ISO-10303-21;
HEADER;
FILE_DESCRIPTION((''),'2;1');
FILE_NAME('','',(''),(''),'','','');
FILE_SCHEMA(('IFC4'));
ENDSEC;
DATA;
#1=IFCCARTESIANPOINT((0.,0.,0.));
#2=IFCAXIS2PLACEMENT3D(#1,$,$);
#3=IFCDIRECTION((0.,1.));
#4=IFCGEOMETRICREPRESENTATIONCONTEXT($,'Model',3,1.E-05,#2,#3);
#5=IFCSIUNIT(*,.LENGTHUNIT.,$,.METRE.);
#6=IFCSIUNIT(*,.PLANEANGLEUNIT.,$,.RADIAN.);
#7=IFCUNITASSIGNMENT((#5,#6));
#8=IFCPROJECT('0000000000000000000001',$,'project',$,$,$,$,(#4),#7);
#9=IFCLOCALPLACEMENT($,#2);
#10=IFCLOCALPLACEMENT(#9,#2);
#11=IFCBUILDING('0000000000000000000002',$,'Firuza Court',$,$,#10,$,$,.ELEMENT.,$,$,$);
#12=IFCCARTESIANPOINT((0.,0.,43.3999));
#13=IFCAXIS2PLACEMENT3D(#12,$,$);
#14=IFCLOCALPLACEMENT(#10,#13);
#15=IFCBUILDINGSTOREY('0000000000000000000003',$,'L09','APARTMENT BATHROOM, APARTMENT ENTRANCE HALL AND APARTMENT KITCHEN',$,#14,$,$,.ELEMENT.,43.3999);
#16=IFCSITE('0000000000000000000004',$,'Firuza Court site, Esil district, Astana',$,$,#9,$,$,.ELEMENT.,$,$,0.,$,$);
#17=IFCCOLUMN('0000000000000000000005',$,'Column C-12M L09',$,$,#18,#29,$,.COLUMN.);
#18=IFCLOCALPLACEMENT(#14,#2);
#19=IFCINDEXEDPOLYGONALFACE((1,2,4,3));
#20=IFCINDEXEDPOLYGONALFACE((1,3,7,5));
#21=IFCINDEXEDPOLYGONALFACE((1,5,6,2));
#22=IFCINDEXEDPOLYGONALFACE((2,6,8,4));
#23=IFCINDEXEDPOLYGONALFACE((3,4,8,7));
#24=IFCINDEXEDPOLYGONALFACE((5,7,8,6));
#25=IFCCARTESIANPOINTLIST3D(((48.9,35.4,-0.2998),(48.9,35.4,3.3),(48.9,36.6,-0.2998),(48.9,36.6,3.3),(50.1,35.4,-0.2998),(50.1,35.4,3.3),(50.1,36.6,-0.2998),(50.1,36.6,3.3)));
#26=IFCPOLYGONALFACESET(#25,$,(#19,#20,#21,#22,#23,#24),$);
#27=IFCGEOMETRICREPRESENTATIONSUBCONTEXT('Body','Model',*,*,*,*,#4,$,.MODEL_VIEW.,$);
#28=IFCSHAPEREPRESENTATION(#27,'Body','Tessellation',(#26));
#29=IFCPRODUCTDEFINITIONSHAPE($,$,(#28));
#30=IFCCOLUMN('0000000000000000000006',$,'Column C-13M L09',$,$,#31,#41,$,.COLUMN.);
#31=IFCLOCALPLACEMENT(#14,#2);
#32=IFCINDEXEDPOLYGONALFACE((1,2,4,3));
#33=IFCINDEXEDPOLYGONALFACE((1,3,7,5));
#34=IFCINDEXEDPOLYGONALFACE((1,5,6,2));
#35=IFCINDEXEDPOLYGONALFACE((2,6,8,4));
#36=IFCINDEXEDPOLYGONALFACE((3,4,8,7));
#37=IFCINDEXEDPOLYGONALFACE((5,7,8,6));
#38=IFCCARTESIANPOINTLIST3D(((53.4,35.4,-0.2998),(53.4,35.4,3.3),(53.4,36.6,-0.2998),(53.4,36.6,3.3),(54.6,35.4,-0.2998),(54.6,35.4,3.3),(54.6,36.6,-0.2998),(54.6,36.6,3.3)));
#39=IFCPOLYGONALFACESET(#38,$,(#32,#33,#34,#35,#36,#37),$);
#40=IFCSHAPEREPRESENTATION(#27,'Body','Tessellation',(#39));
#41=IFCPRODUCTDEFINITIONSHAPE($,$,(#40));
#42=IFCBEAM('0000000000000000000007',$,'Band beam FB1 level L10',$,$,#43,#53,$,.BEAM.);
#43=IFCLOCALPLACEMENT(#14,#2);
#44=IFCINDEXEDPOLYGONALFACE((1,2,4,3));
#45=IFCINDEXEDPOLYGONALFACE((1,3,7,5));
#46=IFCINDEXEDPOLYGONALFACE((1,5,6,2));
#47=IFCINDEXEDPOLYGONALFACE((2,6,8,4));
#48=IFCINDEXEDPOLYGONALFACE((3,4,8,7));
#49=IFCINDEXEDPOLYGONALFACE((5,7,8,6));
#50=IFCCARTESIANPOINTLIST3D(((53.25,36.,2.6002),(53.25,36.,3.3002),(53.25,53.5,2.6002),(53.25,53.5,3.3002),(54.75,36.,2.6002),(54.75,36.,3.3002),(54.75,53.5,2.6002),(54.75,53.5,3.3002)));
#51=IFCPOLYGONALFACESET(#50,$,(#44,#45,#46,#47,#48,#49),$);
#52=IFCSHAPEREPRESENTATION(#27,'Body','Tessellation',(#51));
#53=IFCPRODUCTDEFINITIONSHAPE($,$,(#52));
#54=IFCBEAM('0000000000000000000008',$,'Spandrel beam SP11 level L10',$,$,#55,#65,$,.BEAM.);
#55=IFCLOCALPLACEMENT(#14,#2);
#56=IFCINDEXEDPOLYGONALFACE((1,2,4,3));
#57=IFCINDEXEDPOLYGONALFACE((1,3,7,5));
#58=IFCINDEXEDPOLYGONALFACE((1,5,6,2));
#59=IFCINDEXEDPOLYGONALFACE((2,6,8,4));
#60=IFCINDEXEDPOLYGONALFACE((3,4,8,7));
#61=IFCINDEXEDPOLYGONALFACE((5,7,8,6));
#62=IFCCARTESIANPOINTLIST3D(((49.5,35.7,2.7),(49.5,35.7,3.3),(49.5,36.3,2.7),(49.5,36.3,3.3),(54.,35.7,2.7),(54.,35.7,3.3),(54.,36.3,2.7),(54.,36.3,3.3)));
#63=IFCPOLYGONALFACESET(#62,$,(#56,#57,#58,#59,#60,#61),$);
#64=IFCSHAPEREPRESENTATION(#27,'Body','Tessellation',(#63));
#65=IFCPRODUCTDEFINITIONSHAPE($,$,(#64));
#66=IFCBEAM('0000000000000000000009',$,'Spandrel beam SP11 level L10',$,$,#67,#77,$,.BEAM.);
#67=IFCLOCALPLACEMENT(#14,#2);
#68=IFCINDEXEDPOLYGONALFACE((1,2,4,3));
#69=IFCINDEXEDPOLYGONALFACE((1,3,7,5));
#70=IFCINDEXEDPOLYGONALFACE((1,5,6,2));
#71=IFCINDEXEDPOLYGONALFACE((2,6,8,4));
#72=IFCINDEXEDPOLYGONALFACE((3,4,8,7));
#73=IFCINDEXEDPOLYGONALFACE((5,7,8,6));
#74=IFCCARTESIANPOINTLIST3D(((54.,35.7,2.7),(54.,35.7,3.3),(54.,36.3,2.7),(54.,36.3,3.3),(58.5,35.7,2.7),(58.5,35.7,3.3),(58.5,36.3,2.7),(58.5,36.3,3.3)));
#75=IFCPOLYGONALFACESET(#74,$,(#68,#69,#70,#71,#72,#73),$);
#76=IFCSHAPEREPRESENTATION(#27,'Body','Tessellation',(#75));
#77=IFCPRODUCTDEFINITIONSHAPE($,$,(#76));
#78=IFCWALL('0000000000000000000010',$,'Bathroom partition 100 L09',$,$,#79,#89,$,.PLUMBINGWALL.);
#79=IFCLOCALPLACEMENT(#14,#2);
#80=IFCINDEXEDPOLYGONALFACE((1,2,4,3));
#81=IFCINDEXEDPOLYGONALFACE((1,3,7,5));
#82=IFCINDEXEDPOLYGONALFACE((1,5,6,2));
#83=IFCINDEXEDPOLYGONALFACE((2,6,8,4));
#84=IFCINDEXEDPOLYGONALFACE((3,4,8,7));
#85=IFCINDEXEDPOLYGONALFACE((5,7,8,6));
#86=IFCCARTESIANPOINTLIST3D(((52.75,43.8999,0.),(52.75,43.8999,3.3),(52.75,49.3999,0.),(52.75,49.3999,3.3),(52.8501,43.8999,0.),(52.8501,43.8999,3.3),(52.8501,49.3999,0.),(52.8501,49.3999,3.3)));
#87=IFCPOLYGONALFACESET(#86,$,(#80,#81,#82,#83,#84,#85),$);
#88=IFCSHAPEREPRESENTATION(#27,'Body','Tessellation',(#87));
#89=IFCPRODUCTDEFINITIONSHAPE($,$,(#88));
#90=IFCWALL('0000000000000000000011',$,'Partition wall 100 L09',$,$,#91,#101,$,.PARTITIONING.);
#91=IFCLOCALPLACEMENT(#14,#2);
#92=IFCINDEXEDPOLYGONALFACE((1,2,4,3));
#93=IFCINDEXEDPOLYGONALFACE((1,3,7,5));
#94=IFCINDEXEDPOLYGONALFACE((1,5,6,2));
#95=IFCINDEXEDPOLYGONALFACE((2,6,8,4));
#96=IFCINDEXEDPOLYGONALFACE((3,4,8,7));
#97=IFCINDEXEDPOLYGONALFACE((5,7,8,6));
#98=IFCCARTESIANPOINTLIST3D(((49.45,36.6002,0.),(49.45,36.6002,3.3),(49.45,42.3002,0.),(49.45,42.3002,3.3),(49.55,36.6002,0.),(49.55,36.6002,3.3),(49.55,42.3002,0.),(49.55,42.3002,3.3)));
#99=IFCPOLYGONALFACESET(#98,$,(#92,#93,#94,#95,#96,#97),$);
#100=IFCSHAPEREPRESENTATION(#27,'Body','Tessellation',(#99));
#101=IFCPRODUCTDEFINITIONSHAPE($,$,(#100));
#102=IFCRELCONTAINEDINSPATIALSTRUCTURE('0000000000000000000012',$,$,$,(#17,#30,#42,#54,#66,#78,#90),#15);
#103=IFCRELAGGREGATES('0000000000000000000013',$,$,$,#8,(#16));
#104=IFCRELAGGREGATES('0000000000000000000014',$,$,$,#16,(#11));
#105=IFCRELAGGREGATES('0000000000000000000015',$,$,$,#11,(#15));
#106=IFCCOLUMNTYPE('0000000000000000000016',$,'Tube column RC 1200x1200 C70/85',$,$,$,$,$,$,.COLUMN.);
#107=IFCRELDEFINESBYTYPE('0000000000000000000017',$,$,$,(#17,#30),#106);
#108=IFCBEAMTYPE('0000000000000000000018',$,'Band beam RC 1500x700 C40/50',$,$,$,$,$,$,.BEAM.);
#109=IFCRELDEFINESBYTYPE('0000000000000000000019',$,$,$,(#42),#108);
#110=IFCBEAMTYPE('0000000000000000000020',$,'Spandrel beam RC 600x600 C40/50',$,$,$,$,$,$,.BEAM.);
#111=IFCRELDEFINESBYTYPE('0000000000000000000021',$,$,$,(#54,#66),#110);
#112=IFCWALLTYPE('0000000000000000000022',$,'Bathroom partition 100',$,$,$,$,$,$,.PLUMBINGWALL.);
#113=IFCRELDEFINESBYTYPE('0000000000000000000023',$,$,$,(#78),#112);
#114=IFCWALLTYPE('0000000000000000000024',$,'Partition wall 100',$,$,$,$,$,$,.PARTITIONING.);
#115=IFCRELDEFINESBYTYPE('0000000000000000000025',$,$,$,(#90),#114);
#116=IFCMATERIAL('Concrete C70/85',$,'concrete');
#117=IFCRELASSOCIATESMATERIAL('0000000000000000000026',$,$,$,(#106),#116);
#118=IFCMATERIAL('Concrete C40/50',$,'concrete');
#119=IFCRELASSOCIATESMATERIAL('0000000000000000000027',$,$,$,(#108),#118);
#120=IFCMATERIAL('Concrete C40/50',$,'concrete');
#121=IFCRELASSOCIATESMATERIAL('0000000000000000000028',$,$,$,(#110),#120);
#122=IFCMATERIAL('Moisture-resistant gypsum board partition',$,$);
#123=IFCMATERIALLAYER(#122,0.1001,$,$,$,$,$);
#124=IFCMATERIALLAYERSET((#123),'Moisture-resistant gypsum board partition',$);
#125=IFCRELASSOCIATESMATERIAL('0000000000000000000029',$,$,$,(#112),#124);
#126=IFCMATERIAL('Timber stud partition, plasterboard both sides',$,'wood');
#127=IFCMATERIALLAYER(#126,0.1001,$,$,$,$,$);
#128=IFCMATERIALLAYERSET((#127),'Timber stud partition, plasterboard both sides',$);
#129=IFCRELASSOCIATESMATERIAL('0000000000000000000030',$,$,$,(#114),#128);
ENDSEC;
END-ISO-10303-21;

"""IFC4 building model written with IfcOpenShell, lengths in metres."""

from ifc_helpers import new_model, si_unit, direction, frame, frame_2d, origin, origin_2d, place, context, subcontext, project, spatial, rectangle, extrude, material, layer, layer_set, material_profile, profile_set, type_object, element, save


model = new_model("IFC4")

# Units and contexts
model_context = context("Model", 3, precision=1e-05, world=origin(), true_north=direction((0.0, 1.0)))
body_context = subcontext(model_context, "Body", "Model", "MODEL_VIEW")
ifc_project = project(units=[si_unit("LENGTHUNIT", "METRE"), si_unit("PLANEANGLEUNIT", "RADIAN")], contexts=[model_context])

# Site, building, storey
site_placement = place(None, origin())
site = spatial("IfcSite", under=ifc_project, at=site_placement, Name="Firuza Court site, Esil district, Astana", CompositionType="ELEMENT", RefElevation=0.0)
building_placement = place(site_placement, origin())
building = spatial("IfcBuilding", under=site, at=building_placement, Name="Firuza Court", CompositionType="ELEMENT")
storey_placement = place(building_placement, frame((0.0, 0.0, 43.3999)))
storey = spatial("IfcBuildingStorey", under=building, at=storey_placement, Name="L09", Description="APARTMENT BATHROOM, APARTMENT ENTRANCE HALL AND APARTMENT KITCHEN", CompositionType="ELEMENT", Elevation=43.3999)

# Columns
ifc_material_1 = material(Name="Concrete C70/85", Category="concrete")
ifc_material_profile_1 = material_profile(ifc_material_1, rectangle(XDim=1.2, YDim=1.2, at=origin_2d()), Name="RC 1200x1200")
ifc_profile_set_1 = profile_set([ifc_material_profile_1], Name="Concrete C70/85")
column_type = type_object("IfcColumnType", Name="Tube column RC 1200x1200 C70/85", PredefinedType="COLUMN", material=ifc_profile_set_1)
for number, where, z_axis, x_axis, name in (
    (1, (49.5, 36.0, -0.2998), (0.0, 0.0, 1.0), (1.0, 0.0, 0.0), "Column C-12M L09"),
    (2, (54.0, 36.0, -0.2998), (0.0, 0.0, 1.0), (1.0, 0.0, 0.0), "Column C-13M L09"),
):
    element("IfcColumn", number, at=place(storey_placement, frame(where, z_axis=z_axis, x_axis=x_axis)), inside=storey, type_object=column_type, Name=name, PredefinedType="COLUMN", context=body_context, shape_type="SweptSolid", body=[
        extrude(rectangle(XDim=1.2, YDim=1.2, at=origin_2d()), origin(), (0.0, 0.0, 1.0), 3.5999),
    ])

# Beams
ifc_material_2 = material(Name="Concrete C40/50", Category="concrete")
ifc_material_profile_2 = material_profile(ifc_material_2, rectangle(XDim=1.5, YDim=0.7, at=origin_2d()), Name="RC 1500x700")
ifc_profile_set_2 = profile_set([ifc_material_profile_2], Name="Concrete C40/50")
beam_type_1 = type_object("IfcBeamType", Name="Band beam RC 1500x700 C40/50", PredefinedType="BEAM", material=ifc_profile_set_2)
beam_placement = place(storey_placement, frame((54.0, 36.0, 2.9502), z_axis=(0.0, 1.0, 0.0), x_axis=(-1.0, 0.0, 0.0)))
element("IfcBeam", 3, at=beam_placement, inside=storey, type_object=beam_type_1, Name="Band beam FB1 level L10", PredefinedType="BEAM", context=body_context, shape_type="SweptSolid", body=[
    extrude(rectangle(XDim=1.5, YDim=0.7, at=origin_2d()), origin(), (0.0, 0.0, 1.0), 17.5),
])
ifc_material_3 = material(Name="Concrete C40/50", Category="concrete")
ifc_material_profile_3 = material_profile(ifc_material_3, rectangle(XDim=0.6001, YDim=0.6001, at=origin_2d()), Name="RC 600x600")
ifc_profile_set_3 = profile_set([ifc_material_profile_3], Name="Concrete C40/50")
beam_type_2 = type_object("IfcBeamType", Name="Spandrel beam RC 600x600 C40/50", PredefinedType="BEAM", material=ifc_profile_set_3)
for number, where, z_axis, x_axis, name in (
    (4, (49.5, 36.0, 3.0), (1.0, 0.0, 0.0), (0.0, 1.0, 0.0), "Spandrel beam SP11 level L10"),
    (5, (54.0, 36.0, 3.0), (1.0, 0.0, 0.0), (0.0, 1.0, 0.0), "Spandrel beam SP11 level L10"),
):
    element("IfcBeam", number, at=place(storey_placement, frame(where, z_axis=z_axis, x_axis=x_axis)), inside=storey, type_object=beam_type_2, Name=name, PredefinedType="BEAM", context=body_context, shape_type="SweptSolid", body=[
        extrude(rectangle(XDim=0.6001, YDim=0.6001, at=origin_2d()), origin(), (0.0, 0.0, 1.0), 4.5),
    ])

# Walls
ifc_material_4 = material(Name="Moisture-resistant gypsum board partition")
ifc_layer_1 = layer(ifc_material_4, 0.1001)
ifc_layer_set_1 = layer_set([ifc_layer_1], Name="Moisture-resistant gypsum board partition")
wall_type_1 = type_object("IfcWallType", Name="Bathroom partition 100", PredefinedType="PLUMBINGWALL", material=ifc_layer_set_1)
wall_1_placement = place(storey_placement, frame((52.8, 43.8999, 0.0), z_axis=(0.0, 0.0, 1.0), x_axis=(0.0, 1.0, 0.0)))
element("IfcWall", 6, at=wall_1_placement, inside=storey, type_object=wall_type_1, Name="Bathroom partition 100 L09", PredefinedType="PLUMBINGWALL", context=body_context, shape_type="SweptSolid", body=[
    extrude(rectangle(XDim=5.5, YDim=0.1001, at=frame_2d((2.75, 0.0))), origin(), (0.0, 0.0, 1.0), 3.3),
])
ifc_material_5 = material(Name="Timber stud partition, plasterboard both sides", Category="wood")
ifc_layer_2 = layer(ifc_material_5, 0.1001)
ifc_layer_set_2 = layer_set([ifc_layer_2], Name="Timber stud partition, plasterboard both sides")
wall_type_2 = type_object("IfcWallType", Name="Partition wall 100", PredefinedType="PARTITIONING", material=ifc_layer_set_2)
wall_2_placement = place(storey_placement, frame((49.5, 36.6001, 0.0), z_axis=(0.0, 0.0, 1.0), x_axis=(0.0, 1.0, 0.0)))
element("IfcWall", 7, at=wall_2_placement, inside=storey, type_object=wall_type_2, Name="Partition wall 100 L09", PredefinedType="PARTITIONING", context=body_context, shape_type="SweptSolid", body=[
    extrude(rectangle(XDim=5.7, YDim=0.1001, at=frame_2d((2.8501, 0.0))), origin(), (0.0, 0.0, 1.0), 3.3),
])

save(model, "model.ifc")
